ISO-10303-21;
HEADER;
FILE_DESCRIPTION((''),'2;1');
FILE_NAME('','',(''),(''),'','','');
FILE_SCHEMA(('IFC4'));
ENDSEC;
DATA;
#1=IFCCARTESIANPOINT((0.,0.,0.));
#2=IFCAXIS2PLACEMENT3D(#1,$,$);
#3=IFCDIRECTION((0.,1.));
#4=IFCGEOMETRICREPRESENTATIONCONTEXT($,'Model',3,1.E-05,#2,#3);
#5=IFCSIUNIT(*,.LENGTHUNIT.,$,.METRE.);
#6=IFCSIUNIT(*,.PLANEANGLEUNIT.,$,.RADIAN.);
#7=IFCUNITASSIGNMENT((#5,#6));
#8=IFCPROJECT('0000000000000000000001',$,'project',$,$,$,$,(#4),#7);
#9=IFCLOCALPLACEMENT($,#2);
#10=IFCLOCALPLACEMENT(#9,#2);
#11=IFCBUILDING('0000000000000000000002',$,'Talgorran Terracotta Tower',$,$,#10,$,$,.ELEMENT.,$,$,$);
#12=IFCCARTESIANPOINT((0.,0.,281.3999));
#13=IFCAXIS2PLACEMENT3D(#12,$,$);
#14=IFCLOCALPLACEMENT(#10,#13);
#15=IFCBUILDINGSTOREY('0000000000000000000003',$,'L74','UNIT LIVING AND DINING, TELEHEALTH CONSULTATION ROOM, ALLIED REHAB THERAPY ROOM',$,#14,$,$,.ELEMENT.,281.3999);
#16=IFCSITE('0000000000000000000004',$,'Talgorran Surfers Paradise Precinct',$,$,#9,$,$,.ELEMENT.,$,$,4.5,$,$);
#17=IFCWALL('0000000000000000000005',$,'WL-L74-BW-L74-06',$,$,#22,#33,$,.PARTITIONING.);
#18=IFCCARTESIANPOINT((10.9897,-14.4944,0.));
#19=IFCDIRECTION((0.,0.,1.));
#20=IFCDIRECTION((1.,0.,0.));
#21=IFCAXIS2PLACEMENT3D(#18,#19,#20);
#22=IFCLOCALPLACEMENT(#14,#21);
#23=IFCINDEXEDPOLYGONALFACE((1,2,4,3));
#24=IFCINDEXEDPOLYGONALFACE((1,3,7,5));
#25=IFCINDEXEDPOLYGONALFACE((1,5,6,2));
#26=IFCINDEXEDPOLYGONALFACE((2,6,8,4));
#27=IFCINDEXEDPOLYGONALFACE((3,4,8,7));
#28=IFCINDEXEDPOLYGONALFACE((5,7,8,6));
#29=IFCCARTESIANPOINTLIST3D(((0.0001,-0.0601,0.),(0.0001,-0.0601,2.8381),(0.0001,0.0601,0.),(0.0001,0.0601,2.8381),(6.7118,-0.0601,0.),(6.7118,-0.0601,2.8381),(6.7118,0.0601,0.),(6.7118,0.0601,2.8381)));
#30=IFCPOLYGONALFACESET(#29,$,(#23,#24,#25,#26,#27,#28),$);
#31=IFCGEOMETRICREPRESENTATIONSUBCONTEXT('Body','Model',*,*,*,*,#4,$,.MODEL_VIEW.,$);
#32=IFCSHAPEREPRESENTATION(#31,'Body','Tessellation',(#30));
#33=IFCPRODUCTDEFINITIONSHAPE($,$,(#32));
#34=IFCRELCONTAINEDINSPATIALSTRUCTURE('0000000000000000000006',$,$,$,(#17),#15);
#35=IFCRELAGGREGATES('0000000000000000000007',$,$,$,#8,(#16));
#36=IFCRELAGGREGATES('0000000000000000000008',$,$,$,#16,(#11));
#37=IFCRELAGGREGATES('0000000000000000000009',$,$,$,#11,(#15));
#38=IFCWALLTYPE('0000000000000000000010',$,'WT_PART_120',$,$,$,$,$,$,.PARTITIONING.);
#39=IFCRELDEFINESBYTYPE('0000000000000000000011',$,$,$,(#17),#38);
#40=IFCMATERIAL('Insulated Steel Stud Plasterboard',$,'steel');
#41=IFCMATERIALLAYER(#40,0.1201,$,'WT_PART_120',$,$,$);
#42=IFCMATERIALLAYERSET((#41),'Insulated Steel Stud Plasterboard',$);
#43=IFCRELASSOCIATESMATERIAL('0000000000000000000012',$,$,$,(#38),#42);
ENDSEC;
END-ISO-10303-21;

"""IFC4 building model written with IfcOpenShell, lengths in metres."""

from ifc_helpers import new_model, si_unit, direction, frame, frame_2d, origin, place, context, subcontext, project, spatial, rectangle, extrude, material, layer, layer_set, type_object, element, save


model = new_model("IFC4")

# Units and contexts
model_context = context("Model", 3, precision=1e-05, world=origin(), true_north=direction((0.0, 1.0)))
body_context = subcontext(model_context, "Body", "Model", "MODEL_VIEW")
ifc_project = project(units=[si_unit("LENGTHUNIT", "METRE"), si_unit("PLANEANGLEUNIT", "RADIAN")], contexts=[model_context])

# Site, building, storey
site_placement = place(None, origin())
site = spatial("IfcSite", under=ifc_project, at=site_placement, Name="Talgorran Surfers Paradise Precinct", CompositionType="ELEMENT", RefElevation=4.5)
building_placement = place(site_placement, origin())
building = spatial("IfcBuilding", under=site, at=building_placement, Name="Talgorran Terracotta Tower", CompositionType="ELEMENT")
storey_placement = place(building_placement, frame((0.0, 0.0, 281.3999)))
storey = spatial("IfcBuildingStorey", under=building, at=storey_placement, Name="L74", Description="UNIT LIVING AND DINING, TELEHEALTH CONSULTATION ROOM, ALLIED REHAB THERAPY ROOM", CompositionType="ELEMENT", Elevation=281.3999)

# Wall
ifc_material_1 = material(Name="Insulated Steel Stud Plasterboard", Category="steel")
ifc_layer_1 = layer(ifc_material_1, 0.1201, Name="WT_PART_120")
ifc_layer_set_1 = layer_set([ifc_layer_1], Name="Insulated Steel Stud Plasterboard")
wall_type_1 = type_object("IfcWallType", Name="WT_PART_120", PredefinedType="PARTITIONING", material=ifc_layer_set_1)
wall_1_placement = place(storey_placement, frame((10.9897, -14.4944, 0.0), z_axis=(0.0, 0.0, 1.0), x_axis=(1.0, 0.0, 0.0)))
element("IfcWall", 1, at=wall_1_placement, inside=storey, type_object=wall_type_1, Name="WL-L74-BW-L74-06", PredefinedType="PARTITIONING", context=body_context, shape_type="SweptSolid", body=[
    extrude(rectangle(XDim=6.7117, YDim=0.1201, at=frame_2d((3.356, 0.0))), origin(), (0.0, 0.0, 1.0), 2.8381),
])

save(model, "model.ifc")
